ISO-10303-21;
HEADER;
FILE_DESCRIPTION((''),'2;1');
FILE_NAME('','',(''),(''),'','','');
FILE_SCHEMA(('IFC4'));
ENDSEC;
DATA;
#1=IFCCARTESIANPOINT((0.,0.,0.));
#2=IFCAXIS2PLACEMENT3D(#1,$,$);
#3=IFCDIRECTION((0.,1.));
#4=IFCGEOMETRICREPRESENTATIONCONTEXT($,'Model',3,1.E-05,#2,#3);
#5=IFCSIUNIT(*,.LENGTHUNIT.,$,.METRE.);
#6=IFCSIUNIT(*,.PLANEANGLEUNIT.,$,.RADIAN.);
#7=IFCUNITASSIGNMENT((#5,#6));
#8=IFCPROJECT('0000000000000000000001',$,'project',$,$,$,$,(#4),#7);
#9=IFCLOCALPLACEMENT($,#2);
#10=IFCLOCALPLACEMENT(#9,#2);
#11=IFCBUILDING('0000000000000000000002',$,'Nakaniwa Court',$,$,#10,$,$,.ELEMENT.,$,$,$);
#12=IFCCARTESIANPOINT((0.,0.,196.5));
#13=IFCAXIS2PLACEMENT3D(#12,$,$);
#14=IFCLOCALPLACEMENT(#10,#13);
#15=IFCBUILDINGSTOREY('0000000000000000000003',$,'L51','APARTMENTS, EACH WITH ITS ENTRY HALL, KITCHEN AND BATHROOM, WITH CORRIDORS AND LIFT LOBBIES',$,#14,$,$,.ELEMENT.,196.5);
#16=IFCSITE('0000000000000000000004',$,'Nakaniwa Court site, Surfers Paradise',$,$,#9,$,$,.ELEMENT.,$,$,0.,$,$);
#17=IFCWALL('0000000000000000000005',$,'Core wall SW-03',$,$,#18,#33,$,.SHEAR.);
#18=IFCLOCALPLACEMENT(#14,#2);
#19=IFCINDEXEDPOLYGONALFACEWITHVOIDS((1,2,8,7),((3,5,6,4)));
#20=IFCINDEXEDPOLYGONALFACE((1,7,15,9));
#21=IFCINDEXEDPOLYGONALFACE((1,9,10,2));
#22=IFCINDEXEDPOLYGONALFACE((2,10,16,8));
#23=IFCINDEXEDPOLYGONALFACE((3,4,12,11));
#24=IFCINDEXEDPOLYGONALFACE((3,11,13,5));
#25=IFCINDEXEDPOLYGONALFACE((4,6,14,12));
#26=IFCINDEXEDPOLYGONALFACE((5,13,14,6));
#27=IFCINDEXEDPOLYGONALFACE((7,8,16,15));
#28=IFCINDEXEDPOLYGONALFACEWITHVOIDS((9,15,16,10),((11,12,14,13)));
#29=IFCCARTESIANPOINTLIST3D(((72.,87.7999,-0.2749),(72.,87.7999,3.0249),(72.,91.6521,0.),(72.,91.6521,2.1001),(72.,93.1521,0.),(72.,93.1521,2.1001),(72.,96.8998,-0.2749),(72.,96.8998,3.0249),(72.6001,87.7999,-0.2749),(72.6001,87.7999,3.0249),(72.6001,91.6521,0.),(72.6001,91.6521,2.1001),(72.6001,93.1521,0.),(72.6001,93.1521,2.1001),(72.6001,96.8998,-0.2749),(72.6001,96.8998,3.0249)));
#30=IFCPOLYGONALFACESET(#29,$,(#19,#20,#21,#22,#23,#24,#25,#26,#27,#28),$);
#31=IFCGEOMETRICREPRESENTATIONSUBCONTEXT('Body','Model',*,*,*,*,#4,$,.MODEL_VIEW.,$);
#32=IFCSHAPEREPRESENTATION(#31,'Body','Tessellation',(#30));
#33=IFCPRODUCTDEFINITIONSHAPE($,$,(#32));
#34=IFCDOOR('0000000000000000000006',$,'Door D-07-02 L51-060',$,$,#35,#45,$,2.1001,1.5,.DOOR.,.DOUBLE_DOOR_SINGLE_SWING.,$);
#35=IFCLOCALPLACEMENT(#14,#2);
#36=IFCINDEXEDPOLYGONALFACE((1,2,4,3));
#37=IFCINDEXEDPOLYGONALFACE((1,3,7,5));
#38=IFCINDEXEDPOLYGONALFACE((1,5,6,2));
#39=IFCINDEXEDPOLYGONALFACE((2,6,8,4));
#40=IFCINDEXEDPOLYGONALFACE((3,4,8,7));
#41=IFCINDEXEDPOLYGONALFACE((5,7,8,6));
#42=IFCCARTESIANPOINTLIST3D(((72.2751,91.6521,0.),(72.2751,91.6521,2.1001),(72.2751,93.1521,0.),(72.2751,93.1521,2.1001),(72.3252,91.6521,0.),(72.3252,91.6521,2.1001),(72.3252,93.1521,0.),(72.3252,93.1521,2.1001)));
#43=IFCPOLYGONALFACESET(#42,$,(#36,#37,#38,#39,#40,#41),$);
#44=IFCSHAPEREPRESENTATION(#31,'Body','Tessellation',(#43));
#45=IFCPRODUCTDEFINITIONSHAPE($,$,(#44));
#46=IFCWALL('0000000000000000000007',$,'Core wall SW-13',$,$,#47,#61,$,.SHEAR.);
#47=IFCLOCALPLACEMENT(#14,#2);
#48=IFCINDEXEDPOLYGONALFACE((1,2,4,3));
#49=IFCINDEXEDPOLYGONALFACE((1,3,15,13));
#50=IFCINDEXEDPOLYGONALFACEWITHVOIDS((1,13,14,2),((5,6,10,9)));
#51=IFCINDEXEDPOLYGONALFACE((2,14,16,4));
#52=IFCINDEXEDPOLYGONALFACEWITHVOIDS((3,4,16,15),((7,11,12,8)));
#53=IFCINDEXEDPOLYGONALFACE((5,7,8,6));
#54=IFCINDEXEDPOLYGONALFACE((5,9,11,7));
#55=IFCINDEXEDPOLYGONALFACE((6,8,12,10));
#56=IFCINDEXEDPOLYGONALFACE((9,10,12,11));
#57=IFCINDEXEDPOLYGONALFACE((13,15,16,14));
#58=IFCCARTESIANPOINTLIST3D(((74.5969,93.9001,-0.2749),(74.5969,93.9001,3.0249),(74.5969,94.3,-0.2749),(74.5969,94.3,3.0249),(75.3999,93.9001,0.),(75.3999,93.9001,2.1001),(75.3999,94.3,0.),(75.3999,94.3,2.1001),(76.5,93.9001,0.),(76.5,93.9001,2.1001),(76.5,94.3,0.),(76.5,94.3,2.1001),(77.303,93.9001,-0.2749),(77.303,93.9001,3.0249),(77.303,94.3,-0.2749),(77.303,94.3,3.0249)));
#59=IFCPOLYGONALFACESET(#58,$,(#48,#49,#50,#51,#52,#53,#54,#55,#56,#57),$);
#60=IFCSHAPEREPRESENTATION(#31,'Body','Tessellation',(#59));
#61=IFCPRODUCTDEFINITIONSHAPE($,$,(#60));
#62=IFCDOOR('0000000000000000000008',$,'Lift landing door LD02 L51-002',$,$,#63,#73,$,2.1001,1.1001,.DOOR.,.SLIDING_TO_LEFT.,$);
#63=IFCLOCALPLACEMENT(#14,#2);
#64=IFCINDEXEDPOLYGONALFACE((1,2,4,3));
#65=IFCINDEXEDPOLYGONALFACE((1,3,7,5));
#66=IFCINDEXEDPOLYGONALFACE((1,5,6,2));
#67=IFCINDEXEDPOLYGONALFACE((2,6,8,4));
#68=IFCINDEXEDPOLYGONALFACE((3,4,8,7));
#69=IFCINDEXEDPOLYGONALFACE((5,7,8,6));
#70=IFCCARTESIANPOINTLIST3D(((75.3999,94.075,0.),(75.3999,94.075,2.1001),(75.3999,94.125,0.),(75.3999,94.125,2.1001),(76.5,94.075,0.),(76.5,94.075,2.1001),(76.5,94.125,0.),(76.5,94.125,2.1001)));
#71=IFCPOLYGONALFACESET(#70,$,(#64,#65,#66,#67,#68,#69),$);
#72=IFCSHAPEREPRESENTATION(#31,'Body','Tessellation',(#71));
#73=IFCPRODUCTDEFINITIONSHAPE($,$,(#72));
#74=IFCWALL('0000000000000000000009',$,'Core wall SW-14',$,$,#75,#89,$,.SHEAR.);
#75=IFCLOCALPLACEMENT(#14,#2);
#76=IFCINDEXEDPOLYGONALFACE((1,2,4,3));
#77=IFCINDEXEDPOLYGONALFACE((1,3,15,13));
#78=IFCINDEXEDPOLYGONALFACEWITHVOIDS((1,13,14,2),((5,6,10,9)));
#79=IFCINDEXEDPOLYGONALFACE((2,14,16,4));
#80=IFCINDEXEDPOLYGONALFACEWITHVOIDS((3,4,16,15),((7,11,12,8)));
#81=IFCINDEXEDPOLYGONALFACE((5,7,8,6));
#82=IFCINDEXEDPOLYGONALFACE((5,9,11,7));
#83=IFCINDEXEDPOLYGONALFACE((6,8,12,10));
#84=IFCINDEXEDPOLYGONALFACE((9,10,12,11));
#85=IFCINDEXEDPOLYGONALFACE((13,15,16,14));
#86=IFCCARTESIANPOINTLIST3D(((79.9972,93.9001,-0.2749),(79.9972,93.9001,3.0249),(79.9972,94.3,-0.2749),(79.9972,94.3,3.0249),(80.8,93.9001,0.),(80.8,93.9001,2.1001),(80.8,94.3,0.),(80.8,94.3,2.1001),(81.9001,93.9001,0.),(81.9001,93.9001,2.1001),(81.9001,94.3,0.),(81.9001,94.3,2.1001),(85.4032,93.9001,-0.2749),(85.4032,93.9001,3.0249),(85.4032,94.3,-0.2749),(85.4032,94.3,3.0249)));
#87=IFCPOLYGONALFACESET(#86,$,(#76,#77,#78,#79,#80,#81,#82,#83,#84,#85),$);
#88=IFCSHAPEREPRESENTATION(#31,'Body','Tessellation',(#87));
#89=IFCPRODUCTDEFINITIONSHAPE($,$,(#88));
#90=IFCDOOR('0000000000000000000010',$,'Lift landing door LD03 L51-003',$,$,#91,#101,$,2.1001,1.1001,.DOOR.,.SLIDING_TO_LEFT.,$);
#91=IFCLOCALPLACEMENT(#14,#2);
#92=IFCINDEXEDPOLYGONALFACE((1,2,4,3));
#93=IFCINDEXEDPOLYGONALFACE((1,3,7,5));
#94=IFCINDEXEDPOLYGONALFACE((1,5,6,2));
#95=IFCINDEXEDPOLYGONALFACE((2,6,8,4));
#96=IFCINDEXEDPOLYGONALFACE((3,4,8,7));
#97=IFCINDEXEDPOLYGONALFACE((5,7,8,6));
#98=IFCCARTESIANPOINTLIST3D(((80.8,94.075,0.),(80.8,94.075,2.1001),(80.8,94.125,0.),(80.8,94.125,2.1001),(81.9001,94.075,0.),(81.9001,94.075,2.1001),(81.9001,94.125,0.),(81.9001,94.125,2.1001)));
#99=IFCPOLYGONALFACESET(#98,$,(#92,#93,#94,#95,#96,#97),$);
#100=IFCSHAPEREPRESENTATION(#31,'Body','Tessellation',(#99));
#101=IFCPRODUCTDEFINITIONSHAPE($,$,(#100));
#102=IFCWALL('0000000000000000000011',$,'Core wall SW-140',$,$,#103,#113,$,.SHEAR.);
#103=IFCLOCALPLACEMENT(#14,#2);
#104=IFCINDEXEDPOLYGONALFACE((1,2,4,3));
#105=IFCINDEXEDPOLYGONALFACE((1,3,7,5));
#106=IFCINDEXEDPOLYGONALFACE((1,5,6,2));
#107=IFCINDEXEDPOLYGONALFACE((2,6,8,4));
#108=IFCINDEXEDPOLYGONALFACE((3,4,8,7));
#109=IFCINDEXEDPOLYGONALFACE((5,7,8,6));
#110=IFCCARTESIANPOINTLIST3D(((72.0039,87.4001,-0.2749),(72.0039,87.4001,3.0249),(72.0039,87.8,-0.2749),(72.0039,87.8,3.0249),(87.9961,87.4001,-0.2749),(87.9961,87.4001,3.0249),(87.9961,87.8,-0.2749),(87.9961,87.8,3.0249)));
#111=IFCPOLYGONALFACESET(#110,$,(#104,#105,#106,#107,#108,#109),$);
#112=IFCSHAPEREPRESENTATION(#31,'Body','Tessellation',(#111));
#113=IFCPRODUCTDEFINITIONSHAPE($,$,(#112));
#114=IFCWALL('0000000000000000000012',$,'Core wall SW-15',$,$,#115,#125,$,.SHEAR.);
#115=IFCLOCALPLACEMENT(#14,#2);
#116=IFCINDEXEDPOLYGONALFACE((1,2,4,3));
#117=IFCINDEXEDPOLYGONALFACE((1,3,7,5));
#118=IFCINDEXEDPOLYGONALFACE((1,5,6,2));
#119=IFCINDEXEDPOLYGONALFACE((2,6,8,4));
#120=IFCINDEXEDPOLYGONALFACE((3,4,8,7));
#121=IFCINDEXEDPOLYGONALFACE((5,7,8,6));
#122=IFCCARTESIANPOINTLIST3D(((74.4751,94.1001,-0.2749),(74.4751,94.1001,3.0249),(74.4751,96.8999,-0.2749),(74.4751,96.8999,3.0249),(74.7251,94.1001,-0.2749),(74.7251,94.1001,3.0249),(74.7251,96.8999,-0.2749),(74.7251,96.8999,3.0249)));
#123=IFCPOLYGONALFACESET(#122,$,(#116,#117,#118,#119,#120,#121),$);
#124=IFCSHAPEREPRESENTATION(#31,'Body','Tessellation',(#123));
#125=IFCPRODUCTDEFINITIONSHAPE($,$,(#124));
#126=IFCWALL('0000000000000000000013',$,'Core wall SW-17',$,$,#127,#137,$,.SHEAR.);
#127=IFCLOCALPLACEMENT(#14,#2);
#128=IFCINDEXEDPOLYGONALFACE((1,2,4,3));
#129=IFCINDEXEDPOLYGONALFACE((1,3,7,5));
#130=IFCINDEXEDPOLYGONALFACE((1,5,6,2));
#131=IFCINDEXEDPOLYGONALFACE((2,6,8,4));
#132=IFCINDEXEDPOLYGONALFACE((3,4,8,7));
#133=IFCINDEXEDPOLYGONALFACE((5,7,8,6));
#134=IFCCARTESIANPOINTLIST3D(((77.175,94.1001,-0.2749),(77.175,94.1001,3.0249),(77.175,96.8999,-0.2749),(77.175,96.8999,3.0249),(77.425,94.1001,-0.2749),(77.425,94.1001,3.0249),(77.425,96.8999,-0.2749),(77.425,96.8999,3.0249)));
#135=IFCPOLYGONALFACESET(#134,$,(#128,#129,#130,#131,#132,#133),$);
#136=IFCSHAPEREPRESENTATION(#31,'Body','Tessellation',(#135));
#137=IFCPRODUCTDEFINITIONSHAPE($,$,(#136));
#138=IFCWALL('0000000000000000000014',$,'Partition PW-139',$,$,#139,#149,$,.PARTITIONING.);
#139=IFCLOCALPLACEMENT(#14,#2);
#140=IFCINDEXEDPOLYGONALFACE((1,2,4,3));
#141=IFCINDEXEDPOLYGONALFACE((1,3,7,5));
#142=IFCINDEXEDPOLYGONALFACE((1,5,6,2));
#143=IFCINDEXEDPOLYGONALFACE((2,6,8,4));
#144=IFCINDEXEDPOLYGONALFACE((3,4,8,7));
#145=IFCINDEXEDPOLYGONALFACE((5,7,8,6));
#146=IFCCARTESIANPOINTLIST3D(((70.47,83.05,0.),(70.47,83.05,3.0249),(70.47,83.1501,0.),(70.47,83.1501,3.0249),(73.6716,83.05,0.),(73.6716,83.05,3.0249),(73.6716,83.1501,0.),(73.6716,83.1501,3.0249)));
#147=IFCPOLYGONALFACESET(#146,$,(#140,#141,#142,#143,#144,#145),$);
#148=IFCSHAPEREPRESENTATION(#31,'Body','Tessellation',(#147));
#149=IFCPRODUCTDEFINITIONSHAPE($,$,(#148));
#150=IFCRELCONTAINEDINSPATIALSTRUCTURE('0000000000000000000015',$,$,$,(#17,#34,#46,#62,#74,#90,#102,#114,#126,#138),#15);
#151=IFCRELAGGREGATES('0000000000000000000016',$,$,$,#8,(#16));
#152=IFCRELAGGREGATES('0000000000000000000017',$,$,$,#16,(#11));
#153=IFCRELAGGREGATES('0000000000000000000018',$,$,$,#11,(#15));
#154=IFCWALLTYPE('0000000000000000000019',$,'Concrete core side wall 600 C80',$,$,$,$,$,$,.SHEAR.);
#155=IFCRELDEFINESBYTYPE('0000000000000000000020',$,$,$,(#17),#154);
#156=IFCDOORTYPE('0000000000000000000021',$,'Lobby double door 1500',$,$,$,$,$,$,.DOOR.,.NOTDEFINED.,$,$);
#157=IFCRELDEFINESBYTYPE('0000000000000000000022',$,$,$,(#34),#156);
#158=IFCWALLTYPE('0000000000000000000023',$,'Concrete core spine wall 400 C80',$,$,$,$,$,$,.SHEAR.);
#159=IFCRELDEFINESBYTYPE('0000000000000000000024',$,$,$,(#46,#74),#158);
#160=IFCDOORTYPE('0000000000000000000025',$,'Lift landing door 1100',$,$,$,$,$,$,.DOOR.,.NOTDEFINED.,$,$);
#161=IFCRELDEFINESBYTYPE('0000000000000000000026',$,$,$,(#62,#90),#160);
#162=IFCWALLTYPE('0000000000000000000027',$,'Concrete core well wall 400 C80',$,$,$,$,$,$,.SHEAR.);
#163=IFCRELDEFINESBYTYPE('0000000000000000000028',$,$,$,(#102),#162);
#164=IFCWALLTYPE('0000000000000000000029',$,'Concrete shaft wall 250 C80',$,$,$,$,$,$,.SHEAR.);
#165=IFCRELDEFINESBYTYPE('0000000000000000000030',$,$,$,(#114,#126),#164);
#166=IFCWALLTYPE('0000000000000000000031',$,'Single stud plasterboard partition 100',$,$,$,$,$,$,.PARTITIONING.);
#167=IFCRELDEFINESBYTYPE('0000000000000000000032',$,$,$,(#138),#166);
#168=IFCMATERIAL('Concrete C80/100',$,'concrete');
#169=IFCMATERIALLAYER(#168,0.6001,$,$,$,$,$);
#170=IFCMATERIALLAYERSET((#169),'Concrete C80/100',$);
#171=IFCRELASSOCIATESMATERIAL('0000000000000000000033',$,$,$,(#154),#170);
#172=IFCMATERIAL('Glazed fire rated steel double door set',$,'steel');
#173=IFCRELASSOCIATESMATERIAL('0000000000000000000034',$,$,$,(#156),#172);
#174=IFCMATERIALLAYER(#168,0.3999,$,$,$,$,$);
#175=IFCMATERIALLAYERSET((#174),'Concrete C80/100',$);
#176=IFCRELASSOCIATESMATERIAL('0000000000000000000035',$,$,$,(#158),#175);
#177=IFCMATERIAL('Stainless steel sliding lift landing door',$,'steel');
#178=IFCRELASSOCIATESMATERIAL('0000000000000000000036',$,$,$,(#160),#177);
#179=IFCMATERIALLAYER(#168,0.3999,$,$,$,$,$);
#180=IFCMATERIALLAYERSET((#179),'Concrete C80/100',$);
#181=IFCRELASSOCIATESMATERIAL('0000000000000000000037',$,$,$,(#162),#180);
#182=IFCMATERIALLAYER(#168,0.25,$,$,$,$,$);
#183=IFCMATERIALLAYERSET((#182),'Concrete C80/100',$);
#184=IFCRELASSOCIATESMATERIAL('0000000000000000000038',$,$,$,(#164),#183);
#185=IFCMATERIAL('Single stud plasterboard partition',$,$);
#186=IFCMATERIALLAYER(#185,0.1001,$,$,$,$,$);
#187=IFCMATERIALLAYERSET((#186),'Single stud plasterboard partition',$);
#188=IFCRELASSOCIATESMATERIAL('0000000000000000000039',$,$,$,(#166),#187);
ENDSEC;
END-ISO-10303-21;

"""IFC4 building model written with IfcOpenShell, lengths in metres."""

from ifc_helpers import new_model, si_unit, direction, frame, frame_2d, origin, place, context, subcontext, project, spatial, rectangle, extrude, material, layer, layer_set, type_object, element, fill, save


model = new_model("IFC4")

# Units and contexts
model_context = context("Model", 3, precision=1e-05, world=origin(), true_north=direction((0.0, 1.0)))
body_context = subcontext(model_context, "Body", "Model", "MODEL_VIEW")
ifc_project = project(units=[si_unit("LENGTHUNIT", "METRE"), si_unit("PLANEANGLEUNIT", "RADIAN")], contexts=[model_context])

# Site, building, storey
site_placement = place(None, origin())
site = spatial("IfcSite", under=ifc_project, at=site_placement, Name="Nakaniwa Court site, Surfers Paradise", CompositionType="ELEMENT", RefElevation=0.0)
building_placement = place(site_placement, origin())
building = spatial("IfcBuilding", under=site, at=building_placement, Name="Nakaniwa Court", CompositionType="ELEMENT")
storey_placement = place(building_placement, frame((0.0, 0.0, 196.5)))
storey = spatial("IfcBuildingStorey", under=building, at=storey_placement, Name="L51", Description="APARTMENTS, EACH WITH ITS ENTRY HALL, KITCHEN AND BATHROOM, WITH CORRIDORS AND LIFT LOBBIES", CompositionType="ELEMENT", Elevation=196.5)

# Shared definitions
ifc_material_1 = material(Name="Concrete C80/100", Category="concrete")

# Walls, openings, doors
ifc_layer_1 = layer(ifc_material_1, 0.6001)
ifc_layer_set_1 = layer_set([ifc_layer_1], Name="Concrete C80/100")
wall_type_1 = type_object("IfcWallType", Name="Concrete core side wall 600 C80", PredefinedType="SHEAR", material=ifc_layer_set_1)
wall_1_placement = place(storey_placement, frame((72.3, 87.8, -0.2749), z_axis=(0.0, 0.0, 1.0), x_axis=(0.0, 1.0, 0.0)))
wall_1 = element("IfcWall", 1, at=wall_1_placement, inside=storey, type_object=wall_type_1, Name="Core wall SW-03", PredefinedType="SHEAR", context=body_context, shape_type="SweptSolid", body=[
    extrude(rectangle(XDim=9.0999, YDim=0.6001, at=frame_2d((4.5498, 0.0))), origin(), (0.0, 0.0, 1.0), 3.2998),
])
opening_1_placement = place(wall_1_placement, frame((3.8521, 0.0, 0.2749)))
opening_1 = element("IfcOpeningElement", 2, at=opening_1_placement, cuts=wall_1, PredefinedType="OPENING", context=body_context, shape_type="SweptSolid", body=[
    extrude(rectangle(XDim=1.5, YDim=2.1001, at=frame_2d((0.75, 1.05))), frame((0.0, 0.3101, 0.0), z_axis=(0.0, -1.0, 0.0), x_axis=(1.0, 0.0, 0.0)), (0.0, 0.0, 1.0), 0.6201),
])
ifc_material_2 = material(Name="Glazed fire rated steel double door set", Category="steel")
door_type_1 = type_object("IfcDoorType", Name="Lobby double door 1500", OperationType="NOTDEFINED", PredefinedType="DOOR", material=ifc_material_2)
door_1_placement = place(opening_1_placement, origin())
door_1 = element("IfcDoor", 3, at=door_1_placement, inside=storey, type_object=door_type_1, Name="Door D-07-02 L51-060", OperationType="DOUBLE_DOOR_SINGLE_SWING", OverallHeight=2.1001, OverallWidth=1.5, PredefinedType="DOOR", context=body_context, shape_type="SweptSolid", body=[
    extrude(rectangle(XDim=1.5, YDim=2.1001, at=frame_2d((0.75, 1.05))), frame((0.0, 0.0249, 0.0), z_axis=(0.0, -1.0, 0.0), x_axis=(1.0, 0.0, 0.0)), (0.0, 0.0, 1.0), 0.05),
])
fill(opening_1, door_1)
ifc_layer_2 = layer(ifc_material_1, 0.3999)
ifc_layer_set_2 = layer_set([ifc_layer_2], Name="Concrete C80/100")
wall_type_2 = type_object("IfcWallType", Name="Concrete core spine wall 400 C80", PredefinedType="SHEAR", material=ifc_layer_set_2)
wall_2_placement = place(storey_placement, frame((74.5969, 94.1001, -0.2749), z_axis=(0.0, 0.0, 1.0), x_axis=(1.0, 0.0, 0.0)))
wall_2 = element("IfcWall", 4, at=wall_2_placement, inside=storey, type_object=wall_type_2, Name="Core wall SW-13", PredefinedType="SHEAR", context=body_context, shape_type="SweptSolid", body=[
    extrude(rectangle(XDim=2.7061, YDim=0.3999, at=frame_2d((1.353, 0.0))), origin(), (0.0, 0.0, 1.0), 3.2998),
])
opening_2_placement = place(wall_2_placement, frame((0.803, 0.0, 0.2749)))
opening_2 = element("IfcOpeningElement", 5, at=opening_2_placement, cuts=wall_2, PredefinedType="OPENING", context=body_context, shape_type="SweptSolid", body=[
    extrude(rectangle(XDim=1.1001, YDim=2.1001, at=frame_2d((0.55, 1.05))), frame((0.0, 0.21, 0.0), z_axis=(0.0, -1.0, 0.0), x_axis=(1.0, 0.0, 0.0)), (0.0, 0.0, 1.0), 0.4199),
])
ifc_material_3 = material(Name="Stainless steel sliding lift landing door", Category="steel")
door_type_2 = type_object("IfcDoorType", Name="Lift landing door 1100", OperationType="NOTDEFINED", PredefinedType="DOOR", material=ifc_material_3)
door_2_placement = place(opening_2_placement, origin())
door_2 = element("IfcDoor", 6, at=door_2_placement, inside=storey, type_object=door_type_2, Name="Lift landing door LD02 L51-002", OperationType="SLIDING_TO_LEFT", OverallHeight=2.1001, OverallWidth=1.1001, PredefinedType="DOOR", context=body_context, shape_type="SweptSolid", body=[
    extrude(rectangle(XDim=1.1001, YDim=2.1001, at=frame_2d((0.55, 1.05))), frame((0.0, 0.0249, 0.0), z_axis=(0.0, -1.0, 0.0), x_axis=(1.0, 0.0, 0.0)), (0.0, 0.0, 1.0), 0.05),
])
fill(opening_2, door_2)
wall_3_placement = place(storey_placement, frame((79.9971, 94.1001, -0.2749), z_axis=(0.0, 0.0, 1.0), x_axis=(1.0, 0.0, 0.0)))
wall_3 = element("IfcWall", 7, at=wall_3_placement, inside=storey, type_object=wall_type_2, Name="Core wall SW-14", PredefinedType="SHEAR", context=body_context, shape_type="SweptSolid", body=[
    extrude(rectangle(XDim=5.406, YDim=0.3999, at=frame_2d((2.7031, 0.0))), origin(), (0.0, 0.0, 1.0), 3.2998),
])
opening_3_placement = place(wall_3_placement, frame((0.803, 0.0, 0.2749)))
opening_3 = element("IfcOpeningElement", 8, at=opening_3_placement, cuts=wall_3, PredefinedType="OPENING", context=body_context, shape_type="SweptSolid", body=[
    extrude(rectangle(XDim=1.1001, YDim=2.1001, at=frame_2d((0.55, 1.05))), frame((0.0, 0.21, 0.0), z_axis=(0.0, -1.0, 0.0), x_axis=(1.0, 0.0, 0.0)), (0.0, 0.0, 1.0), 0.4199),
])
door_3_placement = place(opening_3_placement, origin())
door_3 = element("IfcDoor", 9, at=door_3_placement, inside=storey, type_object=door_type_2, Name="Lift landing door LD03 L51-003", OperationType="SLIDING_TO_LEFT", OverallHeight=2.1001, OverallWidth=1.1001, PredefinedType="DOOR", context=body_context, shape_type="SweptSolid", body=[
    extrude(rectangle(XDim=1.1001, YDim=2.1001, at=frame_2d((0.55, 1.05))), frame((0.0, 0.0249, 0.0), z_axis=(0.0, -1.0, 0.0), x_axis=(1.0, 0.0, 0.0)), (0.0, 0.0, 1.0), 0.05),
])
fill(opening_3, door_3)

# Walls
ifc_layer_3 = layer(ifc_material_1, 0.3999)
ifc_layer_set_3 = layer_set([ifc_layer_3], Name="Concrete C80/100")
wall_type_3 = type_object("IfcWallType", Name="Concrete core well wall 400 C80", PredefinedType="SHEAR", material=ifc_layer_set_3)
wall_4_placement = place(storey_placement, frame((72.0039, 87.6001, -0.2749), z_axis=(0.0, 0.0, 1.0), x_axis=(1.0, 0.0, 0.0)))
element("IfcWall", 10, at=wall_4_placement, inside=storey, type_object=wall_type_3, Name="Core wall SW-140", PredefinedType="SHEAR", context=body_context, shape_type="SweptSolid", body=[
    extrude(rectangle(XDim=15.9922, YDim=0.3999, at=frame_2d((7.9961, 0.0))), origin(), (0.0, 0.0, 1.0), 3.2998),
])
ifc_layer_4 = layer(ifc_material_1, 0.25)
ifc_layer_set_4 = layer_set([ifc_layer_4], Name="Concrete C80/100")
wall_type_4 = type_object("IfcWallType", Name="Concrete shaft wall 250 C80", PredefinedType="SHEAR", material=ifc_layer_set_4)
for number, where, z_axis, x_axis, name in (
    (11, (74.6001, 94.1001, -0.2749), (0.0, 0.0, 1.0), (0.0, 1.0, 0.0), "Core wall SW-15"),
    (12, (77.3, 94.1001, -0.2749), (0.0, 0.0, 1.0), (0.0, 1.0, 0.0), "Core wall SW-17"),
):
    element("IfcWall", number, at=place(storey_placement, frame(where, z_axis=z_axis, x_axis=x_axis)), inside=storey, type_object=wall_type_4, Name=name, PredefinedType="SHEAR", context=body_context, shape_type="SweptSolid", body=[
        extrude(rectangle(XDim=2.7998, YDim=0.25, at=frame_2d((1.3999, 0.0))), origin(), (0.0, 0.0, 1.0), 3.2998),
    ])
ifc_material_4 = material(Name="Single stud plasterboard partition")
ifc_layer_5 = layer(ifc_material_4, 0.1001)
ifc_layer_set_5 = layer_set([ifc_layer_5], Name="Single stud plasterboard partition")
wall_type_5 = type_object("IfcWallType", Name="Single stud plasterboard partition 100", PredefinedType="PARTITIONING", material=ifc_layer_set_5)
wall_5_placement = place(storey_placement, frame((70.47, 83.1001, 0.0), z_axis=(0.0, 0.0, 1.0), x_axis=(1.0, 0.0, 0.0)))
element("IfcWall", 13, at=wall_5_placement, inside=storey, type_object=wall_type_5, Name="Partition PW-139", PredefinedType="PARTITIONING", context=body_context, shape_type="SweptSolid", body=[
    extrude(rectangle(XDim=3.2017, YDim=0.1001, at=frame_2d((1.6008, 0.0))), origin(), (0.0, 0.0, 1.0), 3.0249),
])

save(model, "model.ifc")
